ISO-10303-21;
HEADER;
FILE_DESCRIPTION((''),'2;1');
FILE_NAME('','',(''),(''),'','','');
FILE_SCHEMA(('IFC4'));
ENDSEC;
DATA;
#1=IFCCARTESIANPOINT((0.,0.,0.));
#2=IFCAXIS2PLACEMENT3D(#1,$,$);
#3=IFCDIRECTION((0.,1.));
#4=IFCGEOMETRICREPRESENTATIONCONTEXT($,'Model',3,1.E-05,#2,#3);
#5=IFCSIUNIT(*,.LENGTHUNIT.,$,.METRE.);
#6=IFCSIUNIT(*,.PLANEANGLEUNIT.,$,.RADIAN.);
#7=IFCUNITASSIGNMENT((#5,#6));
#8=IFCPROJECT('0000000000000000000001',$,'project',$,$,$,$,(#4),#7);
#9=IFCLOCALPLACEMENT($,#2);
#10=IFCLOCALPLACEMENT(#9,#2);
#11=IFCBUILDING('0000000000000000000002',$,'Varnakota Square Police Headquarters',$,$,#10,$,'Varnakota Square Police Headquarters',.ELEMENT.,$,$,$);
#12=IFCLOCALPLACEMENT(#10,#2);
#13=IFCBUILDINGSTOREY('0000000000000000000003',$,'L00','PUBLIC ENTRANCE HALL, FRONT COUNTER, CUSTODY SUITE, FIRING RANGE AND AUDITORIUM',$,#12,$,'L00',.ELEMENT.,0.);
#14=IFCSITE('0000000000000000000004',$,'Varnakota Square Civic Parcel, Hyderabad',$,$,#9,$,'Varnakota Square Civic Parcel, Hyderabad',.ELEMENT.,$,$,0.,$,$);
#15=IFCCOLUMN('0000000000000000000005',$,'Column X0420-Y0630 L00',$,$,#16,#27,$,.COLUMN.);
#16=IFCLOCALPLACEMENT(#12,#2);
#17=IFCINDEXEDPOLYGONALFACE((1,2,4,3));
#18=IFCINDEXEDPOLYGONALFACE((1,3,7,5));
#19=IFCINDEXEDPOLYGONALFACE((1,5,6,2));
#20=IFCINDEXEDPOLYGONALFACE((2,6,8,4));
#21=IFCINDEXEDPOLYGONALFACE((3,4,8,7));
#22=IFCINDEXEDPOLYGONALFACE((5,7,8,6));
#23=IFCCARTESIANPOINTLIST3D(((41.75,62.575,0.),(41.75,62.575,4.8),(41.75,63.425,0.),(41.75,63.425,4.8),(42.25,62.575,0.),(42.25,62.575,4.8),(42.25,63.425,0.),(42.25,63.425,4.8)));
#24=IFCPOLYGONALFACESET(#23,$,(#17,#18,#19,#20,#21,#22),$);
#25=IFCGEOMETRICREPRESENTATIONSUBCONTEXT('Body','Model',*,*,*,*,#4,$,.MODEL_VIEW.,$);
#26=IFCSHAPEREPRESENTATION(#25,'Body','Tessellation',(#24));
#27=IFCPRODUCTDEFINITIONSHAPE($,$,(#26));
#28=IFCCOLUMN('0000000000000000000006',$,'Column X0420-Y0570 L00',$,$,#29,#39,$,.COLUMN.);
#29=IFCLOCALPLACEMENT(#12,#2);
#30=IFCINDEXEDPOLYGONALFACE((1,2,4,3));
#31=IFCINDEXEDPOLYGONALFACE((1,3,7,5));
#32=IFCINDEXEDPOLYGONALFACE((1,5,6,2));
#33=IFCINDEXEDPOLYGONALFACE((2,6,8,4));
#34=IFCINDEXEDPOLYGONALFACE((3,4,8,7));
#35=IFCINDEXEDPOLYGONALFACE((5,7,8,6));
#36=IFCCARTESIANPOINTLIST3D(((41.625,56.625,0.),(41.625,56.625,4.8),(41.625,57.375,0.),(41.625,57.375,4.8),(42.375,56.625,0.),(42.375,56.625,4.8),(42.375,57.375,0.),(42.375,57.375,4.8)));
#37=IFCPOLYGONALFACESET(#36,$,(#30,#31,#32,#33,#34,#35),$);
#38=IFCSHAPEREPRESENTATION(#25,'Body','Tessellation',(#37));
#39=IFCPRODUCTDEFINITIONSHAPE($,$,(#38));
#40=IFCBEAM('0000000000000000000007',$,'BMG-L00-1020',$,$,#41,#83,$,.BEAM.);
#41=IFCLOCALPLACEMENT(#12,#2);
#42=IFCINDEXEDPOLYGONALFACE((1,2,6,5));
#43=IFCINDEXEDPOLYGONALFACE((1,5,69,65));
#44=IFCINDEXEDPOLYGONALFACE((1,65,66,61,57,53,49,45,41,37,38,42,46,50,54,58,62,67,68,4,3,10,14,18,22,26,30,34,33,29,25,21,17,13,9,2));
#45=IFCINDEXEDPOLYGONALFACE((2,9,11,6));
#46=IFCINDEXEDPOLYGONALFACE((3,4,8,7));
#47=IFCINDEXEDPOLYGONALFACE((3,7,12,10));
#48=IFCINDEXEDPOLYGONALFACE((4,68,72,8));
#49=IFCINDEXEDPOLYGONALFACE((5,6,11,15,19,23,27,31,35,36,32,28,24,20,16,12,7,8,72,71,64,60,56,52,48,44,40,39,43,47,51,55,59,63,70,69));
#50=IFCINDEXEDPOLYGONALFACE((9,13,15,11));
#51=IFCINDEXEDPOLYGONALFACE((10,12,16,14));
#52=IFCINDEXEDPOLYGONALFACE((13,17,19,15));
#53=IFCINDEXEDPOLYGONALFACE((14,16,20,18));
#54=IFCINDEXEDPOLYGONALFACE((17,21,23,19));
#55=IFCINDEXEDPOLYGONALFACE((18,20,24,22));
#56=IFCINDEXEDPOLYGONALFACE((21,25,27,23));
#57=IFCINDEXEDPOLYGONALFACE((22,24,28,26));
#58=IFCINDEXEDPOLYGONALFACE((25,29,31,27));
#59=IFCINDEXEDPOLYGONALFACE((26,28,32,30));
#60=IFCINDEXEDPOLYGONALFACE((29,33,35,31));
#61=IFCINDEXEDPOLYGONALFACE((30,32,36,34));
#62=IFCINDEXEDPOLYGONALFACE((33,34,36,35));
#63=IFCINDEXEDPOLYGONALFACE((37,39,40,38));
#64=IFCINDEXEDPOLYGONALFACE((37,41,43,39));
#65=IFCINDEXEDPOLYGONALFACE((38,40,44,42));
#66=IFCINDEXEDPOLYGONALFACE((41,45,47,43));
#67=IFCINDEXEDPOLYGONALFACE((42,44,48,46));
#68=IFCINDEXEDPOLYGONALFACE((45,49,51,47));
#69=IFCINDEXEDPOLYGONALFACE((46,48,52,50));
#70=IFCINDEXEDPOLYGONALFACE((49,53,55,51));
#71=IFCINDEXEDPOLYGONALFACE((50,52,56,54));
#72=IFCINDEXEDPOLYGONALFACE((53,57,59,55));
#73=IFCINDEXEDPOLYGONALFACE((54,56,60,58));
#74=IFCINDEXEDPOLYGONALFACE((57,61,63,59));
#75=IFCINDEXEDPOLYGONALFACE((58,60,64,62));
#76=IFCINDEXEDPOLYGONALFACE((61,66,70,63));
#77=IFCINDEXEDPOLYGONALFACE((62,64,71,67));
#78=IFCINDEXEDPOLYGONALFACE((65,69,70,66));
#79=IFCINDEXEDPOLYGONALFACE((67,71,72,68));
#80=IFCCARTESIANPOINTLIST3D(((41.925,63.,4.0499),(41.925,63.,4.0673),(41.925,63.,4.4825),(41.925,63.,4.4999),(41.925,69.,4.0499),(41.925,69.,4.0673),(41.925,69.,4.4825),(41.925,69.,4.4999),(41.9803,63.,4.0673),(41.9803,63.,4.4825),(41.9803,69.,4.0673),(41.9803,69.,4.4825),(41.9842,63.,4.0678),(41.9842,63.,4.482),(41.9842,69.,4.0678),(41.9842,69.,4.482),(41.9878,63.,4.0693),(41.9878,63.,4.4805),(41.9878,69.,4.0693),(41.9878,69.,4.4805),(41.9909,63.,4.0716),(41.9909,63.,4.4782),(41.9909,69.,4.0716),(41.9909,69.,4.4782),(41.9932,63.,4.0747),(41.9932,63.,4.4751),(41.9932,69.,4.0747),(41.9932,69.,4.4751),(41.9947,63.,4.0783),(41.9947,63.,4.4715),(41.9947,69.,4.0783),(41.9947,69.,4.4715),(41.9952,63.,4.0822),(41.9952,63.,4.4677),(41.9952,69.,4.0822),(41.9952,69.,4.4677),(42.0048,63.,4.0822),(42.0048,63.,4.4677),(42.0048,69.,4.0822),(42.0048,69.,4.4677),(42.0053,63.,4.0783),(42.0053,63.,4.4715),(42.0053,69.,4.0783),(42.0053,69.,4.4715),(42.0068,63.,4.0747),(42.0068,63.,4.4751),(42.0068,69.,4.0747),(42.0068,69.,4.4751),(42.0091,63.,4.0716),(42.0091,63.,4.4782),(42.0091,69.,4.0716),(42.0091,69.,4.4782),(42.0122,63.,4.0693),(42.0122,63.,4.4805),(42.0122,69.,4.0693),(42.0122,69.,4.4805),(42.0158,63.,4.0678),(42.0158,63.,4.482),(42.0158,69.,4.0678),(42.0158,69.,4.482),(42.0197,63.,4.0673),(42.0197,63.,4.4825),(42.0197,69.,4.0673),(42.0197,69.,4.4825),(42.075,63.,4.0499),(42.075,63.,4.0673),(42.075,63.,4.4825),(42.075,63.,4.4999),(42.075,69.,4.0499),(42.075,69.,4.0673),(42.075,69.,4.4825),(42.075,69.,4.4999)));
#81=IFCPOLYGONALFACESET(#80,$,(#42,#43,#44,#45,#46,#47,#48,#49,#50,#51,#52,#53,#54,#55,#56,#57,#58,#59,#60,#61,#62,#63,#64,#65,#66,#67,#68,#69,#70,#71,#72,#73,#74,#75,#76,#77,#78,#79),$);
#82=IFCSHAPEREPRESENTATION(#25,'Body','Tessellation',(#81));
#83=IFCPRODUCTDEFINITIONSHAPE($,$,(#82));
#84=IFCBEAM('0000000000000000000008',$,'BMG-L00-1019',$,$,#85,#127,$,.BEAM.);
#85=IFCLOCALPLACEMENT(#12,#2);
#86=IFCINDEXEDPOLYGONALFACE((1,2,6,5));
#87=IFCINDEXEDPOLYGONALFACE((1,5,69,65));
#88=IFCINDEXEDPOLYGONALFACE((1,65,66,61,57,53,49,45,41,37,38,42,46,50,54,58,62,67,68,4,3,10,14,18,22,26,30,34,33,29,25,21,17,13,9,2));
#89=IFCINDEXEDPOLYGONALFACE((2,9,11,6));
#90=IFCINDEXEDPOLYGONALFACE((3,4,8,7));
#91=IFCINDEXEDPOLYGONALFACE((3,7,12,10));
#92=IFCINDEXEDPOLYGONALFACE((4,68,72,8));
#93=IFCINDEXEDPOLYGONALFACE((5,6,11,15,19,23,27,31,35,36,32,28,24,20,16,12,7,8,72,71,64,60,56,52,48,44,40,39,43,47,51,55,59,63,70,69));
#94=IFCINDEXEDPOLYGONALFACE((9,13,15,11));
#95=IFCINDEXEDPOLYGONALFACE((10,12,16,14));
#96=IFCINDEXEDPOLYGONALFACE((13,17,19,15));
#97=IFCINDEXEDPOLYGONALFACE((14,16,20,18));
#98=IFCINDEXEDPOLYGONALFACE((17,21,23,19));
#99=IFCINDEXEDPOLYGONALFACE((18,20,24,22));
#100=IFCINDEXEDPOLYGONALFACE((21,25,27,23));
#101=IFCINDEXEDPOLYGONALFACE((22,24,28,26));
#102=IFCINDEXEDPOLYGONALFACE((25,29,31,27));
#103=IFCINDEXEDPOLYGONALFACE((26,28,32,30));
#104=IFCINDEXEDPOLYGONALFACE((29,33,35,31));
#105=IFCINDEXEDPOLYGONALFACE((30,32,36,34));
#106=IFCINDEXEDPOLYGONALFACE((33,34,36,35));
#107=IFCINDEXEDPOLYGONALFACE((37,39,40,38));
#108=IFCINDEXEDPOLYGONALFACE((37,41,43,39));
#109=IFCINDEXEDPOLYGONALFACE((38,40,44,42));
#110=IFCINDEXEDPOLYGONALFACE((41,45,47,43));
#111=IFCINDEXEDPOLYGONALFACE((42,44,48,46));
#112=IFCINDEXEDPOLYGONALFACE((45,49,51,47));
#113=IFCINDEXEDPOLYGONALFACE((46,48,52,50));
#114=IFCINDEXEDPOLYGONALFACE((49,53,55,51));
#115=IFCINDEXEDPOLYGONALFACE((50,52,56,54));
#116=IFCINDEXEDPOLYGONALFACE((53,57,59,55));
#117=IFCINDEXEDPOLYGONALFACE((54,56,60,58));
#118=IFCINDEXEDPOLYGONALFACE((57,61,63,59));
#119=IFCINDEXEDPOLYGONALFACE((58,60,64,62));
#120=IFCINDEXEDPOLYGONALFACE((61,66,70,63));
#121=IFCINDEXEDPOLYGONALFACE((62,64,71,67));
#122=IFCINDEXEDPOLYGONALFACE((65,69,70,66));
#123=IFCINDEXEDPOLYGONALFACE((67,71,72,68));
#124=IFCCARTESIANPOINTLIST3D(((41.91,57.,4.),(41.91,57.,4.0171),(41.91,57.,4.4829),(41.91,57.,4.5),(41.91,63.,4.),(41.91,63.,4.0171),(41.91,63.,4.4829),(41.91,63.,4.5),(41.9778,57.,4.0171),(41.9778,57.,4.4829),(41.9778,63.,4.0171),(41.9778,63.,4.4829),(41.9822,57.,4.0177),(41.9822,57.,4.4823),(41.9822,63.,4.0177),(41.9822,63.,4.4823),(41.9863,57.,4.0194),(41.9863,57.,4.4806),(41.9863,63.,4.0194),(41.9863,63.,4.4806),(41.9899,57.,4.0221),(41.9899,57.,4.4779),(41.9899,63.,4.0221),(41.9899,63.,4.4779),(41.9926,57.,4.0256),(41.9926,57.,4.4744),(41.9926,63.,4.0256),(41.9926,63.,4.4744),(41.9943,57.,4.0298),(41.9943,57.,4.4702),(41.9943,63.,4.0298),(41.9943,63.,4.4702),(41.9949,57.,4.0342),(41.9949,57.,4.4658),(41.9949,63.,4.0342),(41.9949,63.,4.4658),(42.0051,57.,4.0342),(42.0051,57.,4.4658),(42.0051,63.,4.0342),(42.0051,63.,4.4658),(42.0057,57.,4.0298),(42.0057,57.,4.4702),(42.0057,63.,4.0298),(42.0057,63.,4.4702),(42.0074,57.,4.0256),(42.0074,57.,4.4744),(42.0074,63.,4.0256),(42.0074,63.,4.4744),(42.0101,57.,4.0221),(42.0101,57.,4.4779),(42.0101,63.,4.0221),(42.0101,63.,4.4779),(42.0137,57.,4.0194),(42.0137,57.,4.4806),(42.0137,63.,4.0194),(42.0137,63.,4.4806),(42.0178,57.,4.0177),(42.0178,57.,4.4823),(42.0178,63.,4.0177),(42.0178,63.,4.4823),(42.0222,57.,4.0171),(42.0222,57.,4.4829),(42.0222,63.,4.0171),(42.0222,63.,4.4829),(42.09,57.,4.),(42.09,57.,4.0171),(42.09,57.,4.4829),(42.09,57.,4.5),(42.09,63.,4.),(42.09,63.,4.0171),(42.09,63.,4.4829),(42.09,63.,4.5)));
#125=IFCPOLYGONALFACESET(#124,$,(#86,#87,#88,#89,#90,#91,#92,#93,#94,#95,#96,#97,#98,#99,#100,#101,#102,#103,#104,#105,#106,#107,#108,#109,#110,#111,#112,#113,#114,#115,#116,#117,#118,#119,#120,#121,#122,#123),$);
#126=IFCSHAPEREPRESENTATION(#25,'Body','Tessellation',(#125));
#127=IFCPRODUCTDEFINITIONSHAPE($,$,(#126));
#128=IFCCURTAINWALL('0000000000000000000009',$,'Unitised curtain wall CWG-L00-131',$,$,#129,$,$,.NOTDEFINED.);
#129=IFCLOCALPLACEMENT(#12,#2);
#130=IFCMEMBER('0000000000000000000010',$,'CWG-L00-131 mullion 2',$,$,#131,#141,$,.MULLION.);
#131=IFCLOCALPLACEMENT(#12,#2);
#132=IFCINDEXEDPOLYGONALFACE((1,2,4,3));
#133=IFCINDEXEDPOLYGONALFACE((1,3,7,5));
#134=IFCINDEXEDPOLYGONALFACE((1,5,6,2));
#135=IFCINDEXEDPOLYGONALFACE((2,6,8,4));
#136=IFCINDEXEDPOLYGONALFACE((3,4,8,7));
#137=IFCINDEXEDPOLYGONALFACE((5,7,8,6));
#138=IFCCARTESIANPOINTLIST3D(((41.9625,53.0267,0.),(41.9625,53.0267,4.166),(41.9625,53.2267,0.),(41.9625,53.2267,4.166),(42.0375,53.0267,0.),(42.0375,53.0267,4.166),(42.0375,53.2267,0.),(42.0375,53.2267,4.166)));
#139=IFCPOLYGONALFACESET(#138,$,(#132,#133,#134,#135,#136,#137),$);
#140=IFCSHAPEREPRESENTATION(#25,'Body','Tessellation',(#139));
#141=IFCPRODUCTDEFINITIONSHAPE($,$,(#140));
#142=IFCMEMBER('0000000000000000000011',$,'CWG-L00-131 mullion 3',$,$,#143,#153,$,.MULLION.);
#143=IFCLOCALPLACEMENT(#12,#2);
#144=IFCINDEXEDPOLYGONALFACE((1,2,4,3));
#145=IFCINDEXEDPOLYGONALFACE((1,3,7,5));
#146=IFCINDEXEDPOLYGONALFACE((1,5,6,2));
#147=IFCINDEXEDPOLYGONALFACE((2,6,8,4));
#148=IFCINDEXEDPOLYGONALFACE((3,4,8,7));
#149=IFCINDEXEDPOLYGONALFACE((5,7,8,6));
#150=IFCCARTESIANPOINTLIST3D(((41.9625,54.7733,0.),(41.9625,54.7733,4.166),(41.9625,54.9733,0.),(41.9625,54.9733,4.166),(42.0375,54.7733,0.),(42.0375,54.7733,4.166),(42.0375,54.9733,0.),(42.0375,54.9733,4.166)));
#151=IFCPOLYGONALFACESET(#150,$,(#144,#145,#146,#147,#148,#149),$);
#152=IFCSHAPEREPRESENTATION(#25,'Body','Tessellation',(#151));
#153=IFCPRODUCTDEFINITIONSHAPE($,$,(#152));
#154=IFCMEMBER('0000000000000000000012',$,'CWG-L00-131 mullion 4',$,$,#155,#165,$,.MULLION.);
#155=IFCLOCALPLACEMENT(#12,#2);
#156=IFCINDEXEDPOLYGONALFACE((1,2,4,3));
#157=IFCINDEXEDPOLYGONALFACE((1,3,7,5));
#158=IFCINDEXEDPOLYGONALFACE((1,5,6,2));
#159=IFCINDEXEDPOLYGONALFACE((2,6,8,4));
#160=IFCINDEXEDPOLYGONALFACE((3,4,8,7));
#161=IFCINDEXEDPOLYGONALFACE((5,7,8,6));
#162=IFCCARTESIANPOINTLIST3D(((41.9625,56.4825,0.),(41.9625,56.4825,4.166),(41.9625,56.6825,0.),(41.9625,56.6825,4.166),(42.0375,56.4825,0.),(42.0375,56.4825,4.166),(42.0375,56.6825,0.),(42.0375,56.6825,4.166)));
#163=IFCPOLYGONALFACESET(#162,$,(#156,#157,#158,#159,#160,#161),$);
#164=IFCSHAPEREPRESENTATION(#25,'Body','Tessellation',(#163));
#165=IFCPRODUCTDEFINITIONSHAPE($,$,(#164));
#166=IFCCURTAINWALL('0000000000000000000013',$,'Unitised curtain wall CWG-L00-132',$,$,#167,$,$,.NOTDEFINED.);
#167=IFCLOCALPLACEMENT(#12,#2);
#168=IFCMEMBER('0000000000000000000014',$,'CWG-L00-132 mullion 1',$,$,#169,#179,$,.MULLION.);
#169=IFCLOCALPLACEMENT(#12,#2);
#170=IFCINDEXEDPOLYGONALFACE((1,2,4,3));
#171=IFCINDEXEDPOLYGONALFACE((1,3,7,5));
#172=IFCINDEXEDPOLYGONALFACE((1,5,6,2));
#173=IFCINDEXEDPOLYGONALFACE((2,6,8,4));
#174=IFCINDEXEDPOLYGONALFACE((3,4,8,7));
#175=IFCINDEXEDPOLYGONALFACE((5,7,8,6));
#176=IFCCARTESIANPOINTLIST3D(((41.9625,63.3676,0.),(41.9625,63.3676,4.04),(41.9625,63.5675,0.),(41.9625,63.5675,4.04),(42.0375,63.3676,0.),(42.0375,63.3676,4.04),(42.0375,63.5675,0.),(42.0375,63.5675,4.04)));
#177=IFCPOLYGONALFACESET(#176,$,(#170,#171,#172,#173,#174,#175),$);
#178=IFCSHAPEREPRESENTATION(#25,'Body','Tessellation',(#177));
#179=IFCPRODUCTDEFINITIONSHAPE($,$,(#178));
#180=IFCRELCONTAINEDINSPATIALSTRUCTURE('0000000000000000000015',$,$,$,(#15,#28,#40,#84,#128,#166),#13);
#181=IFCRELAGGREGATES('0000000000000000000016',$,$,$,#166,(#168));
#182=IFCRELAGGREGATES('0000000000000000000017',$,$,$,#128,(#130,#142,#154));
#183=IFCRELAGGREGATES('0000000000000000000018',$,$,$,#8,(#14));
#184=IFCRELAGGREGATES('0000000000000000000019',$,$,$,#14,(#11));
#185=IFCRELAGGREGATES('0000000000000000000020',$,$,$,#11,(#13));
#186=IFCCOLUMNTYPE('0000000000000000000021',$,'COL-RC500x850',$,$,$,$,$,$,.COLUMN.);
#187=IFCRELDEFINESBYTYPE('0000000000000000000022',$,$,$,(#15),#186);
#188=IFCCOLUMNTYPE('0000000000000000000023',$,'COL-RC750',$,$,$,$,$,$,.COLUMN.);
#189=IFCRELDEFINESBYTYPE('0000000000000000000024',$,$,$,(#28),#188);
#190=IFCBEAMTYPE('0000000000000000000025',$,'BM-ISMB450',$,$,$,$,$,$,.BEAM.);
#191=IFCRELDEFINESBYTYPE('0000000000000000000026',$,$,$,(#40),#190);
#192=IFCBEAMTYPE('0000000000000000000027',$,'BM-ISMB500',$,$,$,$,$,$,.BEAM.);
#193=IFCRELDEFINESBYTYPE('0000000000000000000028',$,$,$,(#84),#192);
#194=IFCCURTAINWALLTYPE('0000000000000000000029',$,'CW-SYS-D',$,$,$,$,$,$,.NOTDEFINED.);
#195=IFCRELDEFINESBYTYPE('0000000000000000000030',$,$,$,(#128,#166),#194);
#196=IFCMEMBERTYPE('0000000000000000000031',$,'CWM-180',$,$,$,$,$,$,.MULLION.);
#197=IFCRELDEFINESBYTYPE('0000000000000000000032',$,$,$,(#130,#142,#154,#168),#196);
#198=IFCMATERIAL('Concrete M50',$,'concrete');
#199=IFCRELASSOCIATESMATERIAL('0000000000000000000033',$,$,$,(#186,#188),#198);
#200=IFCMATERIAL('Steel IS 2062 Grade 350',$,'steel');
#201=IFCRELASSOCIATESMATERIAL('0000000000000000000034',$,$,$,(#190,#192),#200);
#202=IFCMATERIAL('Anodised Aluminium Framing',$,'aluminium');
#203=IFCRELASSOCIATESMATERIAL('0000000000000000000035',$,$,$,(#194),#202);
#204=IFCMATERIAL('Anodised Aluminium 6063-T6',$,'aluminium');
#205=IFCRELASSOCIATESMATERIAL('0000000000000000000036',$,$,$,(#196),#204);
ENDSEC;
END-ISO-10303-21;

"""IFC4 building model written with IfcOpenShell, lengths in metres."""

from ifc_helpers import new_model, si_unit, direction, frame, origin, origin_2d, place, context, subcontext, project, spatial, rectangle, i_section, extrude, material, material_profile, profile_set, type_object, element, aggregate, save


model = new_model("IFC4")

# Units and contexts
model_context = context("Model", 3, precision=1e-05, world=origin(), true_north=direction((0.0, 1.0)))
body_context = subcontext(model_context, "Body", "Model", "MODEL_VIEW")
ifc_project = project(units=[si_unit("LENGTHUNIT", "METRE"), si_unit("PLANEANGLEUNIT", "RADIAN")], contexts=[model_context])

# Site, building, storey
site_placement = place(None, origin())
site = spatial("IfcSite", under=ifc_project, at=site_placement, Name="Varnakota Square Civic Parcel, Hyderabad", LongName="Varnakota Square Civic Parcel, Hyderabad", CompositionType="ELEMENT", RefElevation=0.0)
building_placement = place(site_placement, origin())
building = spatial("IfcBuilding", under=site, at=building_placement, Name="Varnakota Square Police Headquarters", LongName="Varnakota Square Police Headquarters", CompositionType="ELEMENT")
storey_placement = place(building_placement, origin())
storey = spatial("IfcBuildingStorey", under=building, at=storey_placement, Name="L00", Description="PUBLIC ENTRANCE HALL, FRONT COUNTER, CUSTODY SUITE, FIRING RANGE AND AUDITORIUM", LongName="L00", CompositionType="ELEMENT", Elevation=0.0)

# Columns
ifc_material_1 = material(Name="Concrete M50", Category="concrete")
ifc_material_profile_1 = material_profile(ifc_material_1, rectangle(XDim=0.5, YDim=0.8501, at=origin_2d()), Name="RC 500x850")
ifc_profile_set_1 = profile_set([ifc_material_profile_1], Name="Concrete M50")
column_type_1 = type_object("IfcColumnType", Name="COL-RC500x850", PredefinedType="COLUMN", material=ifc_profile_set_1)
column_1_placement = place(storey_placement, frame((42.0, 63.0, 0.0), z_axis=(0.0, 0.0, 1.0), x_axis=(1.0, 0.0, 0.0)))
element("IfcColumn", 1, at=column_1_placement, inside=storey, type_object=column_type_1, Name="Column X0420-Y0630 L00", PredefinedType="COLUMN", context=body_context, shape_type="SweptSolid", body=[
    extrude(rectangle(XDim=0.5, YDim=0.8501, at=origin_2d()), origin(), (0.0, 0.0, 1.0), 4.8),
])
ifc_material_profile_2 = material_profile(ifc_material_1, rectangle(XDim=0.75, YDim=0.75, at=origin_2d()), Name="RC 750x750")
ifc_profile_set_2 = profile_set([ifc_material_profile_2], Name="Concrete M50")
column_type_2 = type_object("IfcColumnType", Name="COL-RC750", PredefinedType="COLUMN", material=ifc_profile_set_2)
column_2_placement = place(storey_placement, frame((42.0, 57.0, 0.0), z_axis=(0.0, 0.0, 1.0), x_axis=(1.0, 0.0, 0.0)))
element("IfcColumn", 2, at=column_2_placement, inside=storey, type_object=column_type_2, Name="Column X0420-Y0570 L00", PredefinedType="COLUMN", context=body_context, shape_type="SweptSolid", body=[
    extrude(rectangle(XDim=0.75, YDim=0.75, at=origin_2d()), origin(), (0.0, 0.0, 1.0), 4.8),
])

# Beams
ifc_material_2 = material(Name="Steel IS 2062 Grade 350", Category="steel")
ifc_material_profile_3 = material_profile(ifc_material_2, i_section(OverallWidth=0.1499, OverallDepth=0.45, WebThickness=0.0095, FlangeThickness=0.0173, FilletRadius=0.0149, at=origin_2d()), Name="ISMB 450")
ifc_profile_set_3 = profile_set([ifc_material_profile_3], Name="Steel IS 2062 Grade 350")
beam_type_1 = type_object("IfcBeamType", Name="BM-ISMB450", PredefinedType="BEAM", material=ifc_profile_set_3)
beam_1_placement = place(storey_placement, frame((42.0, 63.0, 4.2749), z_axis=(0.0, 1.0, 0.0), x_axis=(-1.0, 0.0, 0.0)))
element("IfcBeam", 3, at=beam_1_placement, inside=storey, type_object=beam_type_1, Name="BMG-L00-1020", PredefinedType="BEAM", context=body_context, shape_type="SweptSolid", body=[
    extrude(i_section(OverallWidth=0.1499, OverallDepth=0.45, WebThickness=0.0095, FlangeThickness=0.0173, FilletRadius=0.0149, at=origin_2d()), origin(), (0.0, 0.0, 1.0), 6.0),
])
ifc_material_profile_4 = material_profile(ifc_material_2, i_section(OverallWidth=0.1799, OverallDepth=0.5, WebThickness=0.0103, FlangeThickness=0.0171, FilletRadius=0.0171, at=origin_2d()), Name="ISMB 500")
ifc_profile_set_4 = profile_set([ifc_material_profile_4], Name="Steel IS 2062 Grade 350")
beam_type_2 = type_object("IfcBeamType", Name="BM-ISMB500", PredefinedType="BEAM", material=ifc_profile_set_4)
beam_2_placement = place(storey_placement, frame((42.0, 57.0, 4.25), z_axis=(0.0, 1.0, 0.0), x_axis=(-1.0, 0.0, 0.0)))
element("IfcBeam", 4, at=beam_2_placement, inside=storey, type_object=beam_type_2, Name="BMG-L00-1019", PredefinedType="BEAM", context=body_context, shape_type="SweptSolid", body=[
    extrude(i_section(OverallWidth=0.1799, OverallDepth=0.5, WebThickness=0.0103, FlangeThickness=0.0171, FilletRadius=0.0171, at=origin_2d()), origin(), (0.0, 0.0, 1.0), 6.0),
])

# Curtain wall, members
ifc_material_3 = material(Name="Anodised Aluminium Framing", Category="aluminium")
curtain_wall_type = type_object("IfcCurtainWallType", Name="CW-SYS-D", PredefinedType="NOTDEFINED", material=ifc_material_3)
curtain_wall_1_placement = place(storey_placement, origin())
curtain_wall_1 = element("IfcCurtainWall", 5, at=curtain_wall_1_placement, inside=storey, type_object=curtain_wall_type, Name="Unitised curtain wall CWG-L00-131", PredefinedType="NOTDEFINED")
ifc_material_4 = material(Name="Anodised Aluminium 6063-T6", Category="aluminium")
ifc_material_profile_5 = material_profile(ifc_material_4, rectangle(XDim=0.075, YDim=0.2, at=origin_2d()), Name="ALU MULLION 75x200")
ifc_profile_set_5 = profile_set([ifc_material_profile_5], Name="Anodised Aluminium 6063-T6")
member_type_1 = type_object("IfcMemberType", Name="CWM-180", PredefinedType="MULLION", material=ifc_profile_set_5)
member_1_placement = place(storey_placement, frame((42.0, 53.1267, 0.0), z_axis=(0.0, 0.0, 1.0), x_axis=(-1.0, 0.0, 0.0)))
member_1 = element("IfcMember", 6, at=member_1_placement, type_object=member_type_1, Name="CWG-L00-131 mullion 2", PredefinedType="MULLION", context=body_context, shape_type="SweptSolid", body=[
    extrude(rectangle(XDim=0.075, YDim=0.2, at=origin_2d()), origin(), (0.0, 0.0, 1.0), 4.166),
])
member_2_placement = place(storey_placement, frame((42.0, 54.8733, 0.0), z_axis=(0.0, 0.0, 1.0), x_axis=(-1.0, 0.0, 0.0)))
member_2 = element("IfcMember", 7, at=member_2_placement, type_object=member_type_1, Name="CWG-L00-131 mullion 3", PredefinedType="MULLION", context=body_context, shape_type="SweptSolid", body=[
    extrude(rectangle(XDim=0.075, YDim=0.2, at=origin_2d()), origin(), (0.0, 0.0, 1.0), 4.166),
])
member_3_placement = place(storey_placement, frame((42.0, 56.5825, 0.0), z_axis=(0.0, 0.0, 1.0), x_axis=(-1.0, 0.0, 0.0)))
member_3 = element("IfcMember", 8, at=member_3_placement, type_object=member_type_1, Name="CWG-L00-131 mullion 4", PredefinedType="MULLION", context=body_context, shape_type="SweptSolid", body=[
    extrude(rectangle(XDim=0.075, YDim=0.2, at=origin_2d()), origin(), (0.0, 0.0, 1.0), 4.166),
])

# Curtain wall, member
curtain_wall_2_placement = place(storey_placement, origin())
curtain_wall_2 = element("IfcCurtainWall", 9, at=curtain_wall_2_placement, inside=storey, type_object=curtain_wall_type, Name="Unitised curtain wall CWG-L00-132", PredefinedType="NOTDEFINED")
member_4_placement = place(storey_placement, frame((42.0, 63.4675, 0.0), z_axis=(0.0, 0.0, 1.0), x_axis=(-1.0, 0.0, 0.0)))
member_4 = element("IfcMember", 10, at=member_4_placement, type_object=member_type_1, Name="CWG-L00-132 mullion 1", PredefinedType="MULLION", context=body_context, shape_type="SweptSolid", body=[
    extrude(rectangle(XDim=0.075, YDim=0.2, at=origin_2d()), origin(), (0.0, 0.0, 1.0), 4.04),
])

aggregate(curtain_wall_2, [member_4])

aggregate(curtain_wall_1, [member_1, member_2, member_3])

save(model, "model.ifc")
